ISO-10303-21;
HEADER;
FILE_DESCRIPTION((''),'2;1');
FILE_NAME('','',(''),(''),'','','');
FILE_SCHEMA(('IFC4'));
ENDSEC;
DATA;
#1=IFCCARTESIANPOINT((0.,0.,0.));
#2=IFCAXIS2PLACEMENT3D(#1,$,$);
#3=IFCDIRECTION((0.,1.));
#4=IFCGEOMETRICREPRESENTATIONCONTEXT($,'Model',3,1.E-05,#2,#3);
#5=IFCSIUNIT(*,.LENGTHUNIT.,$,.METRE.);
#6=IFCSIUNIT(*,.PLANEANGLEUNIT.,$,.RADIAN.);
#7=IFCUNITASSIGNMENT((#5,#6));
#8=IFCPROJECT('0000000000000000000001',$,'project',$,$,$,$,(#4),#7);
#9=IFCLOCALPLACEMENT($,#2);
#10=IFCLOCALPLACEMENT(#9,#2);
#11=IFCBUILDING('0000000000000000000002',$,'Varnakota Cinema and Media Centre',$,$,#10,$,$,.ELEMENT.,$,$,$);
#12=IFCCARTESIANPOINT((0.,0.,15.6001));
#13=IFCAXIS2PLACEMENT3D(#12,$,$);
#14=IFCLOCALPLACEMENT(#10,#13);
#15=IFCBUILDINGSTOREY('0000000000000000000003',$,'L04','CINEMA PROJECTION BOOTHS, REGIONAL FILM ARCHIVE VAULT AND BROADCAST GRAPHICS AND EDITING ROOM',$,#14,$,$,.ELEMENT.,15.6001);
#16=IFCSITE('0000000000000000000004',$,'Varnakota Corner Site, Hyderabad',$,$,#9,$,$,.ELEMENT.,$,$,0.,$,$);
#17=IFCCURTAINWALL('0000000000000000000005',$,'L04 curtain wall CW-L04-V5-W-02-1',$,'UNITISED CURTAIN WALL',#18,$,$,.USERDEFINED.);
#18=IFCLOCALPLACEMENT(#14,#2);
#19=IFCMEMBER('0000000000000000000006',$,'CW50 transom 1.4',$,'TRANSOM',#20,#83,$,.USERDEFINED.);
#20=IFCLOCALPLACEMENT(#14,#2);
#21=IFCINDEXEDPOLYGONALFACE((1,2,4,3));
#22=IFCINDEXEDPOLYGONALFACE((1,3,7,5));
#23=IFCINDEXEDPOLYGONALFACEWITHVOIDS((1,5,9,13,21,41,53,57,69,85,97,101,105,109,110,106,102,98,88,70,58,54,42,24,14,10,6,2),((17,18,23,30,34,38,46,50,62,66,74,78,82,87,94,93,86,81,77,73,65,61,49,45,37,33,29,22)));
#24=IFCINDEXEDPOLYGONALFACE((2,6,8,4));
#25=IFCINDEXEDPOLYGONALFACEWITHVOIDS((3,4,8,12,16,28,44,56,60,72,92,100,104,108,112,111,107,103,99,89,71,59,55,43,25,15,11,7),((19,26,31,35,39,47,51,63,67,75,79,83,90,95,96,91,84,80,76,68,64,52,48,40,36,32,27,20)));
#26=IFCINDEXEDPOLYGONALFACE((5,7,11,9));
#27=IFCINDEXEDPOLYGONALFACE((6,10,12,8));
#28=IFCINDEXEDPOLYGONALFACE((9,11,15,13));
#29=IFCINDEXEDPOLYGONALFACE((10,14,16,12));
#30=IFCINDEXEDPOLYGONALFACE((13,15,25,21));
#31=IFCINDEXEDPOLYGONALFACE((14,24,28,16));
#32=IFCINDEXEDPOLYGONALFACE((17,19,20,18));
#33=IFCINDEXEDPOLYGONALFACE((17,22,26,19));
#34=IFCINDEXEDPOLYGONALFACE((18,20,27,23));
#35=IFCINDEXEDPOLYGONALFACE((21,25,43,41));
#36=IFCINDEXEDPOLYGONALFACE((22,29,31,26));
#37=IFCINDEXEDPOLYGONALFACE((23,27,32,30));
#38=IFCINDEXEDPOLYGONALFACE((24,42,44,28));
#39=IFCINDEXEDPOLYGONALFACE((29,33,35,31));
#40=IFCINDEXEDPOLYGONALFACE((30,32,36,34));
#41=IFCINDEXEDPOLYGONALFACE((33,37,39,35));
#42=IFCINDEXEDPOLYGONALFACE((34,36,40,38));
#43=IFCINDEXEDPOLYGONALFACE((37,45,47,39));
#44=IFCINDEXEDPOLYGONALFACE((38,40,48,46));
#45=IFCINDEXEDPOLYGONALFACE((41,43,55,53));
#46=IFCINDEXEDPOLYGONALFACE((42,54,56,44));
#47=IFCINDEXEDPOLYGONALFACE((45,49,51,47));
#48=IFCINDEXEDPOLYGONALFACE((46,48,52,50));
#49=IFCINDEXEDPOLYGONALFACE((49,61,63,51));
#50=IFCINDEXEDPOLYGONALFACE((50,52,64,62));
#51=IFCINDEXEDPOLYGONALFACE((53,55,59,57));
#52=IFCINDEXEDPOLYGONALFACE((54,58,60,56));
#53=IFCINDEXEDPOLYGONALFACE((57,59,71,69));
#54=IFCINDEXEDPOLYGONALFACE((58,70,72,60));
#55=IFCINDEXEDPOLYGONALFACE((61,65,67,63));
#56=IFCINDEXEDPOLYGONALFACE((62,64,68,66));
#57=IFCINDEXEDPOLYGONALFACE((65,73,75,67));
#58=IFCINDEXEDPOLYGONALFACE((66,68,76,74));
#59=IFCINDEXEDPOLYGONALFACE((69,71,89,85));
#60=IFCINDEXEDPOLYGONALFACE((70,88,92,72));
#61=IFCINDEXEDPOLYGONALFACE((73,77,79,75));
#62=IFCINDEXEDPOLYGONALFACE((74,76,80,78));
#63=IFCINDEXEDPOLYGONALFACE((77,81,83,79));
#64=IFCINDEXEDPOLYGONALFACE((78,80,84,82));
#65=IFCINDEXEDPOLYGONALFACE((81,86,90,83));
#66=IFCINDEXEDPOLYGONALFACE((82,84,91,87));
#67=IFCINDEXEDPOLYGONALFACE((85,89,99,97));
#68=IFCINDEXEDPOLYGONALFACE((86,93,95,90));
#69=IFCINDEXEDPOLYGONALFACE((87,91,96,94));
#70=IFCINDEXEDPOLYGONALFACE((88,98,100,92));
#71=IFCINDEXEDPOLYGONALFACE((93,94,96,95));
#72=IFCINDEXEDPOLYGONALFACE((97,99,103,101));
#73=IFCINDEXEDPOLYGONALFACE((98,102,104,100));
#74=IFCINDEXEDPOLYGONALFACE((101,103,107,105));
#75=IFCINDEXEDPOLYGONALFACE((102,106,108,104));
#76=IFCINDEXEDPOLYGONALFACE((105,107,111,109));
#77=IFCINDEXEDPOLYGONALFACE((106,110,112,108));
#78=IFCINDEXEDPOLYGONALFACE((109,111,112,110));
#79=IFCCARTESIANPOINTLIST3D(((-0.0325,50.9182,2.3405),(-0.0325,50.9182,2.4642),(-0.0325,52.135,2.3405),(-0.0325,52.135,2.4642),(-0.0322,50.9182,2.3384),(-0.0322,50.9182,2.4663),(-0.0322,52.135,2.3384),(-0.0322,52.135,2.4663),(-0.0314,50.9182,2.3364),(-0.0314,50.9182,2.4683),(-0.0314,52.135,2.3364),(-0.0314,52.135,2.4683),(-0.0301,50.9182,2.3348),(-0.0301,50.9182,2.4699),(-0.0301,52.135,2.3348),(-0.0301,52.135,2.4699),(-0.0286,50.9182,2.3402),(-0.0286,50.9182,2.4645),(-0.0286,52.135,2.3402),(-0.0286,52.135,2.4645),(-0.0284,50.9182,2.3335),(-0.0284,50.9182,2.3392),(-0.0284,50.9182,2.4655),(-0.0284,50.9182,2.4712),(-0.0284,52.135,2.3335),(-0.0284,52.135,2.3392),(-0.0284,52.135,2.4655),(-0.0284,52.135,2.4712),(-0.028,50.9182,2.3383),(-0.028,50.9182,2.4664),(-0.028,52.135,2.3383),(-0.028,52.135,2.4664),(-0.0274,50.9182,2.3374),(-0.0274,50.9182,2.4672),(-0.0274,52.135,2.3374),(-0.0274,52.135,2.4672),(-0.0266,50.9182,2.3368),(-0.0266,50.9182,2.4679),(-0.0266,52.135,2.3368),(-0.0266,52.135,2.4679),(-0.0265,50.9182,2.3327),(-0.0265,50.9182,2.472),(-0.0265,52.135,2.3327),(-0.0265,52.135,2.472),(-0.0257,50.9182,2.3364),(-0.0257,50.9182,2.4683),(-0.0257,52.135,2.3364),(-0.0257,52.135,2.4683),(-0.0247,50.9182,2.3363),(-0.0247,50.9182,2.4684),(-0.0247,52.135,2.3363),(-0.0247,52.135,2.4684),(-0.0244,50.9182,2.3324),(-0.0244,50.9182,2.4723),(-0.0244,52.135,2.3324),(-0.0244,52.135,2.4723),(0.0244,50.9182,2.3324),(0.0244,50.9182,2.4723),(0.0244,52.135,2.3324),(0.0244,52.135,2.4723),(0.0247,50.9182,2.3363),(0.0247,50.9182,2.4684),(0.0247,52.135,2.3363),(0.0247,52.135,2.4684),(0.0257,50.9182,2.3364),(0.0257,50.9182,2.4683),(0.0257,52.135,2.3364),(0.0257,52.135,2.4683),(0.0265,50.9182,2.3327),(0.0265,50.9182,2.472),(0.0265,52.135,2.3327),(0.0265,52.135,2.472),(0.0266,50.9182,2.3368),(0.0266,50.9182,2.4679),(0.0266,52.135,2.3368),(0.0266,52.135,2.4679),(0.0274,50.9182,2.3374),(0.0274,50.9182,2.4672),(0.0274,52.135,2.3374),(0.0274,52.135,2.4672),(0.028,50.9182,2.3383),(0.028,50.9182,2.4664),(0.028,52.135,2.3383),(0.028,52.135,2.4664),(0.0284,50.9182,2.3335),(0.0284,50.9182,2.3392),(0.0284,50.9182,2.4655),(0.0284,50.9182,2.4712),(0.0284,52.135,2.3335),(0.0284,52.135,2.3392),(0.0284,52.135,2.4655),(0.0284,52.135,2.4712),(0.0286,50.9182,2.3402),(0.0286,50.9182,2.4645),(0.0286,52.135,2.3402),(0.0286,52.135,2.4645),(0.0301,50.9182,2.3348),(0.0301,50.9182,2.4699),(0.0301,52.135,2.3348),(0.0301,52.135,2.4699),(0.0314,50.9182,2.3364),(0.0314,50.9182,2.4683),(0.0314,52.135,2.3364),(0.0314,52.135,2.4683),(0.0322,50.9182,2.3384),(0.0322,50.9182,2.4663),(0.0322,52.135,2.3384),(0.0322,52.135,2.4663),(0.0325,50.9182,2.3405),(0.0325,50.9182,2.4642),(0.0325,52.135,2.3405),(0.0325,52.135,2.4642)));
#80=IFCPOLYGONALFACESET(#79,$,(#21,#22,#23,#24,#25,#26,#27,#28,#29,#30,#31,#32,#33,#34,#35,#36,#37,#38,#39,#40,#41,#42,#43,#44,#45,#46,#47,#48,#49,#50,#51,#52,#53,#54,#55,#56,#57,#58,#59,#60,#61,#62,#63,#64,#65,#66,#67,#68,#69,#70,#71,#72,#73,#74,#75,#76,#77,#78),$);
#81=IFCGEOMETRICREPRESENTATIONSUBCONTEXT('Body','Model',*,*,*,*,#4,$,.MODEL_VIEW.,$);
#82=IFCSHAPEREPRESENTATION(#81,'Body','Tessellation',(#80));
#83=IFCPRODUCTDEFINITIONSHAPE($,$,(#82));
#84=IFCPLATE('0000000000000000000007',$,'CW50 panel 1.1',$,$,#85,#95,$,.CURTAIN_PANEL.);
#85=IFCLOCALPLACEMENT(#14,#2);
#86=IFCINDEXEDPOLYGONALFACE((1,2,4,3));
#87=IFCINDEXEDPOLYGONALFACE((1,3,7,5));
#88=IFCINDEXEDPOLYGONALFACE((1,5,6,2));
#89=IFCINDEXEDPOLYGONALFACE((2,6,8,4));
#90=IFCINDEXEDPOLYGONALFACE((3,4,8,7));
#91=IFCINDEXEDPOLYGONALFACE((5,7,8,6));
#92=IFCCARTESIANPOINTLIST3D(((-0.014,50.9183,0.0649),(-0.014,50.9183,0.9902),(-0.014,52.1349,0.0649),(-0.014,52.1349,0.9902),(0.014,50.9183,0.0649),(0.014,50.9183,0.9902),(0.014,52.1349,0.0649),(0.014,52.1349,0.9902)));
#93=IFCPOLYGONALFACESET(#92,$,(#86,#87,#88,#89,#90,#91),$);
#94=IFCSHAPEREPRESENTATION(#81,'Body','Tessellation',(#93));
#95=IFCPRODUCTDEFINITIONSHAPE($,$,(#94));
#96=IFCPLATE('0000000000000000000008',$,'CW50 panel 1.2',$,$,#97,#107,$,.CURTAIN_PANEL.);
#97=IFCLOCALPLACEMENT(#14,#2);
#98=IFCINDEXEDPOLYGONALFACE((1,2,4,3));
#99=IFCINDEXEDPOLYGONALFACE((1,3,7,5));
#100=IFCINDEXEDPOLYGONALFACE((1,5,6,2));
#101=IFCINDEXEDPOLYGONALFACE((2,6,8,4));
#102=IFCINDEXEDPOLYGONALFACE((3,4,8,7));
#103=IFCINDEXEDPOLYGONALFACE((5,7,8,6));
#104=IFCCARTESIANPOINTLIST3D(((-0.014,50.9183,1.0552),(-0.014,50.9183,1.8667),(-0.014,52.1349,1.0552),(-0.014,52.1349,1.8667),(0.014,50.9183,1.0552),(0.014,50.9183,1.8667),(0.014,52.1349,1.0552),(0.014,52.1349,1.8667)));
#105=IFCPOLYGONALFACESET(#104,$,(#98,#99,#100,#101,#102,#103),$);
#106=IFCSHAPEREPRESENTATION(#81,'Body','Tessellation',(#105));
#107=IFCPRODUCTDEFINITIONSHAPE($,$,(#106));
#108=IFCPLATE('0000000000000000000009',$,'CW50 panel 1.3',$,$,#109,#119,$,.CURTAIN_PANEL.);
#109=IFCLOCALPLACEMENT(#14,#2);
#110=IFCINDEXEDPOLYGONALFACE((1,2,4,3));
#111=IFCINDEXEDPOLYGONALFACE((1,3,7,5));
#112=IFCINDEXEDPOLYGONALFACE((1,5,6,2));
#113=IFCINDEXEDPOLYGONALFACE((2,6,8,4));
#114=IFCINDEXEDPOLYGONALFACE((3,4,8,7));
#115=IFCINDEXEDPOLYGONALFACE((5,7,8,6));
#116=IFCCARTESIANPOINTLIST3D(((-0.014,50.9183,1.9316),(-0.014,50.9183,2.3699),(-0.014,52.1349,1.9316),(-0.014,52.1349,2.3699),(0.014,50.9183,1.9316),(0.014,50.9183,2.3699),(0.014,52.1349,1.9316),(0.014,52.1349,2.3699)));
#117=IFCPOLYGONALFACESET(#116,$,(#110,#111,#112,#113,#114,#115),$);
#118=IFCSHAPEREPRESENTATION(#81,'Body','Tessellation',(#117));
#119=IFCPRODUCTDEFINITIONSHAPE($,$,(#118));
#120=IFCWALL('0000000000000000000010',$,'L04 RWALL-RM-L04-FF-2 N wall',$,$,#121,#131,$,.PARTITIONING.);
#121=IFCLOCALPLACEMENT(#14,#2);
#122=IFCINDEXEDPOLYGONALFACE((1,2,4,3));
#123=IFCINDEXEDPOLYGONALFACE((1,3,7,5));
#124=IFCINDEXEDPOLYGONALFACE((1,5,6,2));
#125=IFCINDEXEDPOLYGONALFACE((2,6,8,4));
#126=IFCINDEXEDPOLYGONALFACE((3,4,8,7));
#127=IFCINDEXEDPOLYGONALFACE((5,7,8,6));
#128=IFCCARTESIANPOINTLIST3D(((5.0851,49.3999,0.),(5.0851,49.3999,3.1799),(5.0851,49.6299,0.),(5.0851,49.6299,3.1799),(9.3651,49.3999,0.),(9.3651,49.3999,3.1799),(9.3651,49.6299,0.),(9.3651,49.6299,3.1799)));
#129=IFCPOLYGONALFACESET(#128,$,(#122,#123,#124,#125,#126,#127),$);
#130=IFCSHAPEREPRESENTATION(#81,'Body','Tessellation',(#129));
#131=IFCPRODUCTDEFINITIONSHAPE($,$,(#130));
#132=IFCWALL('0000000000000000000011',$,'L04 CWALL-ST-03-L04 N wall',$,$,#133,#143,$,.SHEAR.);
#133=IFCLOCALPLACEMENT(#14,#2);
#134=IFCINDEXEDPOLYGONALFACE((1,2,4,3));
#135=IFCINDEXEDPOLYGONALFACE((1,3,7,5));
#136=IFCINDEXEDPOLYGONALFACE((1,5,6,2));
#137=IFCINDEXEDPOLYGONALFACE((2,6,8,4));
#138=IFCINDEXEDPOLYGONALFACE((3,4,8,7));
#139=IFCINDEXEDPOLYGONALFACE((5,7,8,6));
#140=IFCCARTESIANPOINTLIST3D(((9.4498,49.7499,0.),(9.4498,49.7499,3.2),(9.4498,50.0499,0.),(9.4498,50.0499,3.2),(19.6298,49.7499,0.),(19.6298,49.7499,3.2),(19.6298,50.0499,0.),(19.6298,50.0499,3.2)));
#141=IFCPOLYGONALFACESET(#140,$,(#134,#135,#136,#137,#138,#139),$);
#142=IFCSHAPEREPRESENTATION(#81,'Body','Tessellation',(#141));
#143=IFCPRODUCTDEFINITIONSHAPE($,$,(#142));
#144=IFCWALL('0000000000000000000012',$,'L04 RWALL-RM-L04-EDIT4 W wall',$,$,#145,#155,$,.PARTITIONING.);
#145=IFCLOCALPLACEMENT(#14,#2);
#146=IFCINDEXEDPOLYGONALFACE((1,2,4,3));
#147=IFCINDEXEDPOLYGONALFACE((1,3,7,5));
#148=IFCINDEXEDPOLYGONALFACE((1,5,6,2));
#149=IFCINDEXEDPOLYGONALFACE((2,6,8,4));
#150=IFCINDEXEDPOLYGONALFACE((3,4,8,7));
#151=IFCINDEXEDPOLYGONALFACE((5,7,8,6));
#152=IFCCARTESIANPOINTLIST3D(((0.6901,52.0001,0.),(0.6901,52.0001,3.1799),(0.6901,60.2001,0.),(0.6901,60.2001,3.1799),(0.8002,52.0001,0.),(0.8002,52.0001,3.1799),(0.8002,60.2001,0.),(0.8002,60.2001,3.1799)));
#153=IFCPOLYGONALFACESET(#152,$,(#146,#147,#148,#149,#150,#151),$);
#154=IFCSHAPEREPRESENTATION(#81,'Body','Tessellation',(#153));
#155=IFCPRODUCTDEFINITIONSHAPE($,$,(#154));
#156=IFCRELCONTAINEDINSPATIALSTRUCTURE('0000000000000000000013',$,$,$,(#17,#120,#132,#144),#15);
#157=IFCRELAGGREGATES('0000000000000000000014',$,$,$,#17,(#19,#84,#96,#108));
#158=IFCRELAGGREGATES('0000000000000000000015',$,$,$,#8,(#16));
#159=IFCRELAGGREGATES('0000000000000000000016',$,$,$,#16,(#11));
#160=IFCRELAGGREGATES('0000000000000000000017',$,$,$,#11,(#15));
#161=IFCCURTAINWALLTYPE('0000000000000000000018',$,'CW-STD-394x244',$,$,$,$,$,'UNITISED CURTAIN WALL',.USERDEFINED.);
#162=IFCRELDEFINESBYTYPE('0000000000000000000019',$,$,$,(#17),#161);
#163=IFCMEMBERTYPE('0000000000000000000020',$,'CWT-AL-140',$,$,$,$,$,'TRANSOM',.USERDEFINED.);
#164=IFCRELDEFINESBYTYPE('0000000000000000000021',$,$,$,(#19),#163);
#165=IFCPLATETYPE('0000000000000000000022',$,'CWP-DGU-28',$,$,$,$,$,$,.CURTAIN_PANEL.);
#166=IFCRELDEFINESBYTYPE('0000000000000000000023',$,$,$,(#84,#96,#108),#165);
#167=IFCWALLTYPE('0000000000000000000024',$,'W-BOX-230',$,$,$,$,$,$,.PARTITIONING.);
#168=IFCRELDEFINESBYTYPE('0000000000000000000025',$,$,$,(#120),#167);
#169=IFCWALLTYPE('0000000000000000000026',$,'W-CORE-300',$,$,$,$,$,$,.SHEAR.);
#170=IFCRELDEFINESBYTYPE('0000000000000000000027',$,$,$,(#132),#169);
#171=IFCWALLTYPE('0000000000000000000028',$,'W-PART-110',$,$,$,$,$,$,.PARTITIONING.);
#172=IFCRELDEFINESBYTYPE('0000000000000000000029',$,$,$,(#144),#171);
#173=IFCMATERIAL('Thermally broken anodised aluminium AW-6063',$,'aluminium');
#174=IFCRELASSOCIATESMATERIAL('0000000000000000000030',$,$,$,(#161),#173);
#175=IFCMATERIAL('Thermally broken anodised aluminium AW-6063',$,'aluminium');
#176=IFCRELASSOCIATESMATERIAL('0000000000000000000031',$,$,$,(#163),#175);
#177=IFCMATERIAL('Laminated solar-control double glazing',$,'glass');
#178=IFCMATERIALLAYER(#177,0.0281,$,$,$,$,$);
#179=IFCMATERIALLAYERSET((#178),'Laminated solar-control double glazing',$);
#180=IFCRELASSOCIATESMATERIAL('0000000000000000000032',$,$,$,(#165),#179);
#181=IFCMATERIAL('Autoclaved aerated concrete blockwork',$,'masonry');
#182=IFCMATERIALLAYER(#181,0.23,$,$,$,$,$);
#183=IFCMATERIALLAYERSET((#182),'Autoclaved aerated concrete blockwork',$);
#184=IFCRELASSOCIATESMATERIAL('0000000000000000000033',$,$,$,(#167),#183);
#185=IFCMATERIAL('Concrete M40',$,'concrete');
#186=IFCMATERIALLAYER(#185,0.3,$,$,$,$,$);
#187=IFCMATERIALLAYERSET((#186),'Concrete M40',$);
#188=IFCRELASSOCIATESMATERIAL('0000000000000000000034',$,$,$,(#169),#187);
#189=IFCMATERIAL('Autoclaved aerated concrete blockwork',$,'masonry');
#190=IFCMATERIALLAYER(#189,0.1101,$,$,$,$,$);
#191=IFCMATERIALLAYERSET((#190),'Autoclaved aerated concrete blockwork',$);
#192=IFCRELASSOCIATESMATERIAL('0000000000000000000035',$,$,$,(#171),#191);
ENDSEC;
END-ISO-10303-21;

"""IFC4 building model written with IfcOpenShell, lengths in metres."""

from ifc_helpers import new_model, si_unit, direction, frame, frame_2d, origin, origin_2d, place, context, subcontext, project, spatial, rectangle, hollow_rectangle, extrude, material, layer, layer_set, material_profile, profile_set, type_object, element, aggregate, save


model = new_model("IFC4")

# Units and contexts
model_context = context("Model", 3, precision=1e-05, world=origin(), true_north=direction((0.0, 1.0)))
body_context = subcontext(model_context, "Body", "Model", "MODEL_VIEW")
ifc_project = project(units=[si_unit("LENGTHUNIT", "METRE"), si_unit("PLANEANGLEUNIT", "RADIAN")], contexts=[model_context])

# Site, building, storey
site_placement = place(None, origin())
site = spatial("IfcSite", under=ifc_project, at=site_placement, Name="Varnakota Corner Site, Hyderabad", CompositionType="ELEMENT", RefElevation=0.0)
building_placement = place(site_placement, origin())
building = spatial("IfcBuilding", under=site, at=building_placement, Name="Varnakota Cinema and Media Centre", CompositionType="ELEMENT")
storey_placement = place(building_placement, frame((0.0, 0.0, 15.6001)))
storey = spatial("IfcBuildingStorey", under=building, at=storey_placement, Name="L04", Description="CINEMA PROJECTION BOOTHS, REGIONAL FILM ARCHIVE VAULT AND BROADCAST GRAPHICS AND EDITING ROOM", CompositionType="ELEMENT", Elevation=15.6001)

# Curtain wall, member, plates
ifc_material_1 = material(Name="Thermally broken anodised aluminium AW-6063", Category="aluminium")
curtain_wall_type = type_object("IfcCurtainWallType", Name="CW-STD-394x244", ElementType="UNITISED CURTAIN WALL", PredefinedType="USERDEFINED", material=ifc_material_1)
curtain_wall_placement = place(storey_placement, origin())
curtain_wall = element("IfcCurtainWall", 1, at=curtain_wall_placement, inside=storey, type_object=curtain_wall_type, Name="L04 curtain wall CW-L04-V5-W-02-1", ObjectType="UNITISED CURTAIN WALL", PredefinedType="USERDEFINED")
ifc_material_2 = material(Name="Thermally broken anodised aluminium AW-6063", Category="aluminium")
ifc_material_profile_1 = material_profile(ifc_material_2, hollow_rectangle(XDim=0.0649, YDim=0.1399, WallThickness=0.0039, InnerFilletRadius=0.0039, OuterFilletRadius=0.0081, at=origin_2d()), Name="AL-TRANSOM 140x65x4")
ifc_profile_set_1 = profile_set([ifc_material_profile_1], Name="Thermally broken anodised aluminium AW-6063")
member_type_1 = type_object("IfcMemberType", Name="CWT-AL-140", ElementType="TRANSOM", PredefinedType="USERDEFINED", material=ifc_profile_set_1)
member_1_placement = place(storey_placement, frame((0.0, 52.135, 2.4023), z_axis=(0.0, -1.0, 0.0), x_axis=(1.0, 0.0, 0.0)))
member_1 = element("IfcMember", 2, at=member_1_placement, type_object=member_type_1, Name="CW50 transom 1.4", ObjectType="TRANSOM", PredefinedType="USERDEFINED", context=body_context, shape_type="SweptSolid", body=[
    extrude(hollow_rectangle(XDim=0.0649, YDim=0.1399, WallThickness=0.0039, InnerFilletRadius=0.0039, OuterFilletRadius=0.0081, at=origin_2d()), origin(), (0.0, 0.0, 1.0), 1.2168),
])
ifc_material_3 = material(Name="Laminated solar-control double glazing", Category="glass")
ifc_layer_1 = layer(ifc_material_3, 0.0281)
ifc_layer_set_1 = layer_set([ifc_layer_1], Name="Laminated solar-control double glazing")
plate_type = type_object("IfcPlateType", Name="CWP-DGU-28", PredefinedType="CURTAIN_PANEL", material=ifc_layer_set_1)
plate_1_placement = place(storey_placement, frame((0.0, 51.5266, 0.0649), z_axis=(0.0, 0.0, 1.0), x_axis=(0.0, -1.0, 0.0)))
plate_1 = element("IfcPlate", 3, at=plate_1_placement, type_object=plate_type, Name="CW50 panel 1.1", PredefinedType="CURTAIN_PANEL", context=body_context, shape_type="SweptSolid", body=[
    extrude(rectangle(XDim=1.2166, YDim=0.0281, at=origin_2d()), origin(), (0.0, 0.0, 1.0), 0.9253),
])
plate_2_placement = place(storey_placement, frame((0.0, 51.5266, 1.0552), z_axis=(0.0, 0.0, 1.0), x_axis=(0.0, -1.0, 0.0)))
plate_2 = element("IfcPlate", 4, at=plate_2_placement, type_object=plate_type, Name="CW50 panel 1.2", PredefinedType="CURTAIN_PANEL", context=body_context, shape_type="SweptSolid", body=[
    extrude(rectangle(XDim=1.2166, YDim=0.0281, at=origin_2d()), origin(), (0.0, 0.0, 1.0), 0.8115),
])
plate_3_placement = place(storey_placement, frame((0.0, 51.5266, 1.9316), z_axis=(0.0, 0.0, 1.0), x_axis=(0.0, -1.0, 0.0)))
plate_3 = element("IfcPlate", 5, at=plate_3_placement, type_object=plate_type, Name="CW50 panel 1.3", PredefinedType="CURTAIN_PANEL", context=body_context, shape_type="SweptSolid", body=[
    extrude(rectangle(XDim=1.2166, YDim=0.0281, at=origin_2d()), origin(), (0.0, 0.0, 1.0), 0.4382),
])
aggregate(curtain_wall, [member_1, plate_1, plate_2, plate_3])

# Walls
ifc_material_4 = material(Name="Autoclaved aerated concrete blockwork", Category="masonry")
ifc_layer_2 = layer(ifc_material_4, 0.23)
ifc_layer_set_2 = layer_set([ifc_layer_2], Name="Autoclaved aerated concrete blockwork")
wall_type_1 = type_object("IfcWallType", Name="W-BOX-230", PredefinedType="PARTITIONING", material=ifc_layer_set_2)
wall_1_placement = place(storey_placement, frame((5.085, 49.5149, 0.0), z_axis=(0.0, 0.0, 1.0), x_axis=(1.0, 0.0, 0.0)))
element("IfcWall", 6, at=wall_1_placement, inside=storey, type_object=wall_type_1, Name="L04 RWALL-RM-L04-FF-2 N wall", PredefinedType="PARTITIONING", context=body_context, shape_type="SweptSolid", body=[
    extrude(rectangle(XDim=4.28, YDim=0.23, at=frame_2d((2.1401, 0.0))), origin(), (0.0, 0.0, 1.0), 3.1799),
])
ifc_material_5 = material(Name="Concrete M40", Category="concrete")
ifc_layer_3 = layer(ifc_material_5, 0.3)
ifc_layer_set_3 = layer_set([ifc_layer_3], Name="Concrete M40")
wall_type_2 = type_object("IfcWallType", Name="W-CORE-300", PredefinedType="SHEAR", material=ifc_layer_set_3)
wall_2_placement = place(storey_placement, frame((9.45, 49.8999, 0.0), z_axis=(0.0, 0.0, 1.0), x_axis=(1.0, 0.0, 0.0)))
element("IfcWall", 7, at=wall_2_placement, inside=storey, type_object=wall_type_2, Name="L04 CWALL-ST-03-L04 N wall", PredefinedType="SHEAR", context=body_context, shape_type="SweptSolid", body=[
    extrude(rectangle(XDim=10.1799, YDim=0.3, at=frame_2d((5.0898, 0.0))), origin(), (0.0, 0.0, 1.0), 3.2),
])
ifc_material_6 = material(Name="Autoclaved aerated concrete blockwork", Category="masonry")
ifc_layer_4 = layer(ifc_material_6, 0.1101)
ifc_layer_set_4 = layer_set([ifc_layer_4], Name="Autoclaved aerated concrete blockwork")
wall_type_3 = type_object("IfcWallType", Name="W-PART-110", PredefinedType="PARTITIONING", material=ifc_layer_set_4)
wall_3_placement = place(storey_placement, frame((0.7451, 52.0, 0.0), z_axis=(0.0, 0.0, 1.0), x_axis=(0.0, 1.0, 0.0)))
element("IfcWall", 8, at=wall_3_placement, inside=storey, type_object=wall_type_3, Name="L04 RWALL-RM-L04-EDIT4 W wall", PredefinedType="PARTITIONING", context=body_context, shape_type="SweptSolid", body=[
    extrude(rectangle(XDim=8.2, YDim=0.1101, at=frame_2d((4.1001, 0.0))), origin(), (0.0, 0.0, 1.0), 3.1799),
])

save(model, "model.ifc")
